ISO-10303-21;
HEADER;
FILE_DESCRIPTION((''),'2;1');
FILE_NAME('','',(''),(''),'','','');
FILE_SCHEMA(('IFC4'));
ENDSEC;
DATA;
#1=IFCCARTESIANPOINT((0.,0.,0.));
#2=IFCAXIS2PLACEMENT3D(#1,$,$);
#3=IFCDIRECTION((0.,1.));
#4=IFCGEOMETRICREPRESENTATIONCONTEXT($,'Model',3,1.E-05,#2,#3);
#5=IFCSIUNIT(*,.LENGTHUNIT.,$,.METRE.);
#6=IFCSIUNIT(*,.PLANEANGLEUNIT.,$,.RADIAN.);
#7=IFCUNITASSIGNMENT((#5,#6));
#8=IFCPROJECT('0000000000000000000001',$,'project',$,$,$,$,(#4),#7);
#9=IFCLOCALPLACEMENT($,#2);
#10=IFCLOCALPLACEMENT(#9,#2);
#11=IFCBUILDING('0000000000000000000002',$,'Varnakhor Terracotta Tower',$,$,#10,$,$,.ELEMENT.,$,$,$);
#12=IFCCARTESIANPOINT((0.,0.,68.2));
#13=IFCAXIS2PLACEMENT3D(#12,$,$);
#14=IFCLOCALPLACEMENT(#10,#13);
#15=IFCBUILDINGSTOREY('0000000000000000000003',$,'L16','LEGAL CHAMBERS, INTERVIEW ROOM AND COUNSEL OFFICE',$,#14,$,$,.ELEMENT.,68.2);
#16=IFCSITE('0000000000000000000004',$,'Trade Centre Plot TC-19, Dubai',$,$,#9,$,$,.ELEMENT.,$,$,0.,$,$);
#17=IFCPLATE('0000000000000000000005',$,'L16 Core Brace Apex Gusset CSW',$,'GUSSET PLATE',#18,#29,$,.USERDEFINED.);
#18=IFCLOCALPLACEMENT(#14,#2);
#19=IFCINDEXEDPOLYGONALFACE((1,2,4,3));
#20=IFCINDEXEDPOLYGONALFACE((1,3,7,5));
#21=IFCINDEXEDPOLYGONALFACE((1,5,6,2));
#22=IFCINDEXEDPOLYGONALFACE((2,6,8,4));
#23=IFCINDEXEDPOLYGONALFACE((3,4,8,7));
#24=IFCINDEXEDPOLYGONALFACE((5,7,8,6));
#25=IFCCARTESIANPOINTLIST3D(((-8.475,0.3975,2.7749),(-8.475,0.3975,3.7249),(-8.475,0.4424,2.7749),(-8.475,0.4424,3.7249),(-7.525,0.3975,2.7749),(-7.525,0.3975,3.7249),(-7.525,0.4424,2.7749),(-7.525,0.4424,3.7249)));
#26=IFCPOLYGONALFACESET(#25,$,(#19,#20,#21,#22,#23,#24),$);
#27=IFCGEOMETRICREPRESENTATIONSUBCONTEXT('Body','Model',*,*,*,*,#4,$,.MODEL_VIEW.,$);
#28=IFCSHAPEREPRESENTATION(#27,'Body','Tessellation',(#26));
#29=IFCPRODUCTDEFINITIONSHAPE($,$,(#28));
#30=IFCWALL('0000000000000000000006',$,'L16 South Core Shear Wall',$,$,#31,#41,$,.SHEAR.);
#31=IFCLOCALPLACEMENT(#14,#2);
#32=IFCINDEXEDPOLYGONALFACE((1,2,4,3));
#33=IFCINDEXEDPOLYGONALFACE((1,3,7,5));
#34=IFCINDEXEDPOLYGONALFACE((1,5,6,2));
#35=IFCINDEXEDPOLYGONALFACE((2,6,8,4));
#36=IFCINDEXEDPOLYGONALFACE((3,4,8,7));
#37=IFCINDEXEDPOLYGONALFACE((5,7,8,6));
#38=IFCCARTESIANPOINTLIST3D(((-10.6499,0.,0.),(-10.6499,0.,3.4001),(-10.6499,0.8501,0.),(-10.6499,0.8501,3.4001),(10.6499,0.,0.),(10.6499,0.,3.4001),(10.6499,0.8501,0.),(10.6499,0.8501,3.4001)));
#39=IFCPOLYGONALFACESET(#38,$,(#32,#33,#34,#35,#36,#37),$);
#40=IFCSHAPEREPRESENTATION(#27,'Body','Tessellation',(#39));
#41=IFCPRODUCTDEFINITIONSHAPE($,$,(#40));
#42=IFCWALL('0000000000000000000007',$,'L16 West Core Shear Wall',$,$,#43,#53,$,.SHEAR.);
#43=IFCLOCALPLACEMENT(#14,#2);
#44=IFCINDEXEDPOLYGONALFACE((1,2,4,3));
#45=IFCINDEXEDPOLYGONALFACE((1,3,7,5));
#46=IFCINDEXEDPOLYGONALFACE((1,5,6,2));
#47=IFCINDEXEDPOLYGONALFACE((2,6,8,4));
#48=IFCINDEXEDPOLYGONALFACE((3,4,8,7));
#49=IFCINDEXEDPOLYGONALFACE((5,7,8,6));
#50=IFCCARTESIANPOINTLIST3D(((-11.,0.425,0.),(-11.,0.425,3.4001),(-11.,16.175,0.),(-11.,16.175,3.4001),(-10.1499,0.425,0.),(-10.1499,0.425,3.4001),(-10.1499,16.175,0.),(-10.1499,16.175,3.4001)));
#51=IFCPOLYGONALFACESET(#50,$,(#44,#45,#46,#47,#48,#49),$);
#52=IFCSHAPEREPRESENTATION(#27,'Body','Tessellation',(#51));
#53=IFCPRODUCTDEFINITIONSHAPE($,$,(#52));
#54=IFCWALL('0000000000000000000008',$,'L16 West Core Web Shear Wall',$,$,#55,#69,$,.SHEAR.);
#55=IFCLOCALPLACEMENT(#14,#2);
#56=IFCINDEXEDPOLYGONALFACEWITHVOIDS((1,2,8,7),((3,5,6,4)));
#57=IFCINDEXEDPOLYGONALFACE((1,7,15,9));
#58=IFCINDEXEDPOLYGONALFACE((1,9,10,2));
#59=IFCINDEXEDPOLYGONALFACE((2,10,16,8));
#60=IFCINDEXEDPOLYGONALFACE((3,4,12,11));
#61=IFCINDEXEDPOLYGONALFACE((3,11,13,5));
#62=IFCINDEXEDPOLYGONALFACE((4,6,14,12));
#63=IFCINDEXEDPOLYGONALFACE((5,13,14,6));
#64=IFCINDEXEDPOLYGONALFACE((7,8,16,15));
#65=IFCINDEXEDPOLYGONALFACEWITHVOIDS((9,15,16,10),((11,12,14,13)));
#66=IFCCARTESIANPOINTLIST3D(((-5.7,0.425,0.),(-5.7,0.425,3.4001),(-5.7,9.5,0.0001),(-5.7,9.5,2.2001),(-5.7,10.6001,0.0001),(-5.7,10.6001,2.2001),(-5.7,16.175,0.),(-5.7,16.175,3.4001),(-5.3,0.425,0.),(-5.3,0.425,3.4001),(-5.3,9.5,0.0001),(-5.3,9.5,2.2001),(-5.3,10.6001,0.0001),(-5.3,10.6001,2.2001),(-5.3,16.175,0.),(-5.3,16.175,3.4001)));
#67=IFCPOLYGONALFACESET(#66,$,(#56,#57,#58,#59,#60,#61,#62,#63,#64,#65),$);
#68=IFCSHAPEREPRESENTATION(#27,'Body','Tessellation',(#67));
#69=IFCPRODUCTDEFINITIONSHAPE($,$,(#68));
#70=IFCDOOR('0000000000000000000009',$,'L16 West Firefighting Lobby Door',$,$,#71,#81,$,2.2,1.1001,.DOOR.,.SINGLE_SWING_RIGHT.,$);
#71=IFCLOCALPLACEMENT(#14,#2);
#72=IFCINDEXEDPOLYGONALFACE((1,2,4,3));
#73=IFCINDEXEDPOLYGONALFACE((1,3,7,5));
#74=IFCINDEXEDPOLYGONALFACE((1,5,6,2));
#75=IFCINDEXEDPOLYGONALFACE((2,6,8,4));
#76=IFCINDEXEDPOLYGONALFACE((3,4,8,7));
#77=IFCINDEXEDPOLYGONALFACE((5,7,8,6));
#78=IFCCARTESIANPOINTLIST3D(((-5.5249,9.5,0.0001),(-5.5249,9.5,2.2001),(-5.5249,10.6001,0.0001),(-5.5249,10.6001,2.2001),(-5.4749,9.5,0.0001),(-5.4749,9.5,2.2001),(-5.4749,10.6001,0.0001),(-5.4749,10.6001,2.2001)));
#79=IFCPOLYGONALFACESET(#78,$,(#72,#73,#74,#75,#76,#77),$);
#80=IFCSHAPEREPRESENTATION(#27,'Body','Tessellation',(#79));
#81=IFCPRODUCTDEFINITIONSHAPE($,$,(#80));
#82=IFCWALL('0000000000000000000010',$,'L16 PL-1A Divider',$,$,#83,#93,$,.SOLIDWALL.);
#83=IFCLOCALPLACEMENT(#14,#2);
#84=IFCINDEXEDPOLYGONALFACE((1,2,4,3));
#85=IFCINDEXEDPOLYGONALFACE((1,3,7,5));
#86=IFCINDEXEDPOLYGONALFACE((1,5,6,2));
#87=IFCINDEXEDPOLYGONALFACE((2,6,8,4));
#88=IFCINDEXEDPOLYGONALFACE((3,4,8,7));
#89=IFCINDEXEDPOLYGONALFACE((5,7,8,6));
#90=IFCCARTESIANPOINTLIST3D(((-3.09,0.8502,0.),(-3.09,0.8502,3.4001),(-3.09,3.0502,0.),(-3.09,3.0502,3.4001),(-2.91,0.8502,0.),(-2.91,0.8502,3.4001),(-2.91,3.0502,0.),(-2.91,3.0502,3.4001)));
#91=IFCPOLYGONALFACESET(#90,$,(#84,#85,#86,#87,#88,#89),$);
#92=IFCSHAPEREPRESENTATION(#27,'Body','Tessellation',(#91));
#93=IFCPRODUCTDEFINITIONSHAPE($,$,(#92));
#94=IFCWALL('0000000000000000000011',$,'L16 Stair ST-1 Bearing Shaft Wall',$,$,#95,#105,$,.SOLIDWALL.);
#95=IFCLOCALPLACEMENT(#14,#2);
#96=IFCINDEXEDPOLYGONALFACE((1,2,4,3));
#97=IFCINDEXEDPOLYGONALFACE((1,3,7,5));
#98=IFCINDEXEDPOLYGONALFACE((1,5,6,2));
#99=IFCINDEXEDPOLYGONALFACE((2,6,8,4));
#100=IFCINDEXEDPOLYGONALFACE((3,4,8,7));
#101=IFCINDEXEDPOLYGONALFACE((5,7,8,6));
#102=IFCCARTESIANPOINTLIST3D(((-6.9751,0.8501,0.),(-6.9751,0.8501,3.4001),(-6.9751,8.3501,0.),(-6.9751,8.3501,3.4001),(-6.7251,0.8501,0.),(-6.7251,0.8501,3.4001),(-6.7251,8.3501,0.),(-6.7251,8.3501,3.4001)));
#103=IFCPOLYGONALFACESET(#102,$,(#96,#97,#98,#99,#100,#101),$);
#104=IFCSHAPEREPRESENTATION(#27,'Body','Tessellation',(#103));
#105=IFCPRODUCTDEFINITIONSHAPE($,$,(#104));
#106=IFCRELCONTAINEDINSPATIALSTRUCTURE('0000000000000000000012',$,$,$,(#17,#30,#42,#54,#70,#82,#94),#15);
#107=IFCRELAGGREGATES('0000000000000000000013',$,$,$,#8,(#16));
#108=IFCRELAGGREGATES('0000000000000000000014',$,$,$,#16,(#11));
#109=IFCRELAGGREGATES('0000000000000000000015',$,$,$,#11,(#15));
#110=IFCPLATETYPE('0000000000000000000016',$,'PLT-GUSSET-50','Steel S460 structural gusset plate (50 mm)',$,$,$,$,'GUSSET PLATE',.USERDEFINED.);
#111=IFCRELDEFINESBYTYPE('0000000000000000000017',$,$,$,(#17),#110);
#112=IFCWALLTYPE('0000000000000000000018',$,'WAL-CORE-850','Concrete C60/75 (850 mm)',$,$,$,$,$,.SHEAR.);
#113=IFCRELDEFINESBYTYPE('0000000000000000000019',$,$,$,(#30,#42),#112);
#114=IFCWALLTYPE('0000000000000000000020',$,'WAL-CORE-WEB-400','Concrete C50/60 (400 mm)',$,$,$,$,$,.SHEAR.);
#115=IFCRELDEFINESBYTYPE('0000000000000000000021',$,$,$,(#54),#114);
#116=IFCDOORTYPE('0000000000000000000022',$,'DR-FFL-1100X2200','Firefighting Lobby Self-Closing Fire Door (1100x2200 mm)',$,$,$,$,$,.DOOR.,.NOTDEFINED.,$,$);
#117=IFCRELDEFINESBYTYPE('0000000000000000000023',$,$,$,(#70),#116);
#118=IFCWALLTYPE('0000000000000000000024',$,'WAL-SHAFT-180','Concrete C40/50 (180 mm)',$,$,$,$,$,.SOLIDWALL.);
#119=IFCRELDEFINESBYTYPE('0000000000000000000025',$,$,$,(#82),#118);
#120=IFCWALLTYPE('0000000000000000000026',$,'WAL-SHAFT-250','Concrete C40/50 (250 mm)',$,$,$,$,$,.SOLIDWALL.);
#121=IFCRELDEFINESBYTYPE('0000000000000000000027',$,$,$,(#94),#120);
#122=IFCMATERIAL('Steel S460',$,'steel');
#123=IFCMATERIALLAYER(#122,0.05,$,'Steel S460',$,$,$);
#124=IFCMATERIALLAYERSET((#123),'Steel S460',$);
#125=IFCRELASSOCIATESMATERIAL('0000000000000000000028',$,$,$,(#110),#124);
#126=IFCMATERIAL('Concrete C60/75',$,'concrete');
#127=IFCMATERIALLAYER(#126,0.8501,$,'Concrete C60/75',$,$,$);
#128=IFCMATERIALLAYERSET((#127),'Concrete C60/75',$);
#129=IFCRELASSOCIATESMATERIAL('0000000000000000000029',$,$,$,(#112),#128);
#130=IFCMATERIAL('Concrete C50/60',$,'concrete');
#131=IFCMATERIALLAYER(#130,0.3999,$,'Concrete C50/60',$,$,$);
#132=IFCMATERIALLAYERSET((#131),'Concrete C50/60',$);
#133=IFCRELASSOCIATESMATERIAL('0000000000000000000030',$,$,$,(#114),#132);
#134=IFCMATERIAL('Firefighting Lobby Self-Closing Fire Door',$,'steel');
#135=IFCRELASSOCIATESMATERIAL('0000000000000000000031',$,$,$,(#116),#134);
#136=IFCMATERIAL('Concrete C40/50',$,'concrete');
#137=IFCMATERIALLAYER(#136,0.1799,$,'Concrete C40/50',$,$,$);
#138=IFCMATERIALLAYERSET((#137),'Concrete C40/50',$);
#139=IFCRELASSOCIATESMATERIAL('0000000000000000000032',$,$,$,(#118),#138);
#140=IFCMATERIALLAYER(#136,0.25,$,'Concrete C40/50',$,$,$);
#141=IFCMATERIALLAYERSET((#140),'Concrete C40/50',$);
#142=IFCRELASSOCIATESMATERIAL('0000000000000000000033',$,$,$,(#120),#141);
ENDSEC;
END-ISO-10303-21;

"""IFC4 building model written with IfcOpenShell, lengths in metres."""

from ifc_helpers import new_model, si_unit, direction, frame, frame_2d, origin, origin_2d, place, context, subcontext, project, spatial, rectangle, extrude, source, transform, mapped, material, layer, layer_set, type_object, type_shapes, element, fill, save


model = new_model("IFC4")

# Units and contexts
model_context = context("Model", 3, precision=1e-05, world=origin(), true_north=direction((0.0, 1.0)))
body_context = subcontext(model_context, "Body", "Model", "MODEL_VIEW")
ifc_project = project(units=[si_unit("LENGTHUNIT", "METRE"), si_unit("PLANEANGLEUNIT", "RADIAN")], contexts=[model_context])

# Site, building, storey
site_placement = place(None, origin())
site = spatial("IfcSite", under=ifc_project, at=site_placement, Name="Trade Centre Plot TC-19, Dubai", CompositionType="ELEMENT", RefElevation=0.0)
building_placement = place(site_placement, origin())
building = spatial("IfcBuilding", under=site, at=building_placement, Name="Varnakhor Terracotta Tower", CompositionType="ELEMENT")
storey_placement = place(building_placement, frame((0.0, 0.0, 68.2)))
storey = spatial("IfcBuildingStorey", under=building, at=storey_placement, Name="L16", Description="LEGAL CHAMBERS, INTERVIEW ROOM AND COUNSEL OFFICE", CompositionType="ELEMENT", Elevation=68.2)

# Shared definitions
ifc_material_1 = material(Name="Concrete C50/60", Category="concrete")

# Shared definitions
ifc_material_2 = material(Name="Steel S460", Category="steel")

# Plate
ifc_layer_1 = layer(ifc_material_2, 0.05, Name="Steel S460")
ifc_layer_set_1 = layer_set([ifc_layer_1], Name="Steel S460")
plate_type = type_object("IfcPlateType", Name="PLT-GUSSET-50", Description="Steel S460 structural gusset plate (50 mm)", ElementType="GUSSET PLATE", PredefinedType="USERDEFINED", material=ifc_layer_set_1)
shared_shape_1 = source(origin(), body_context, "Body", "SweptSolid", [
    extrude(rectangle(XDim=0.95, YDim=0.0449, at=origin_2d()), origin(), (0.0, 0.0, 1.0), 0.95),
])
plate_placement = place(storey_placement, frame((-8.0, 0.4199, 2.7749), z_axis=(0.0, 0.0, 1.0), x_axis=(1.0, 0.0, 0.0)))
element("IfcPlate", 1, at=plate_placement, inside=storey, type_object=plate_type, Name="L16 Core Brace Apex Gusset CSW", ObjectType="GUSSET PLATE", PredefinedType="USERDEFINED", context=body_context, shape_type="MappedRepresentation", body=[
    mapped(shared_shape_1, transform((0.0, 0.0, 0.0), scale=1.0)),
])

# Walls
ifc_material_3 = material(Name="Concrete C60/75", Category="concrete")
ifc_layer_2 = layer(ifc_material_3, 0.8501, Name="Concrete C60/75")
ifc_layer_set_2 = layer_set([ifc_layer_2], Name="Concrete C60/75")
wall_type_1 = type_object("IfcWallType", Name="WAL-CORE-850", Description="Concrete C60/75 (850 mm)", PredefinedType="SHEAR", material=ifc_layer_set_2)
wall_1_placement = place(storey_placement, frame((-10.6499, 0.425, 0.0), z_axis=(0.0, 0.0, 1.0), x_axis=(1.0, 0.0, 0.0)))
element("IfcWall", 2, at=wall_1_placement, inside=storey, type_object=wall_type_1, Name="L16 South Core Shear Wall", PredefinedType="SHEAR", context=body_context, shape_type="SweptSolid", body=[
    extrude(rectangle(XDim=21.2998, YDim=0.8501, at=frame_2d((10.6499, 0.0))), origin(), (0.0, 0.0, 1.0), 3.4001),
])
wall_2_placement = place(storey_placement, frame((-10.575, 0.425, 0.0), z_axis=(0.0, 0.0, 1.0), x_axis=(0.0, 1.0, 0.0)))
element("IfcWall", 3, at=wall_2_placement, inside=storey, type_object=wall_type_1, Name="L16 West Core Shear Wall", PredefinedType="SHEAR", context=body_context, shape_type="SweptSolid", body=[
    extrude(rectangle(XDim=15.75, YDim=0.8501, at=frame_2d((7.875, 0.0))), origin(), (0.0, 0.0, 1.0), 3.4001),
])

# Wall, opening, door
ifc_layer_3 = layer(ifc_material_1, 0.3999, Name="Concrete C50/60")
ifc_layer_set_3 = layer_set([ifc_layer_3], Name="Concrete C50/60")
wall_type_2 = type_object("IfcWallType", Name="WAL-CORE-WEB-400", Description="Concrete C50/60 (400 mm)", PredefinedType="SHEAR", material=ifc_layer_set_3)
wall_3_placement = place(storey_placement, frame((-5.5, 0.425, 0.0), z_axis=(0.0, 0.0, 1.0), x_axis=(0.0, 1.0, 0.0)))
wall_3 = element("IfcWall", 4, at=wall_3_placement, inside=storey, type_object=wall_type_2, Name="L16 West Core Web Shear Wall", PredefinedType="SHEAR", context=body_context, shape_type="SweptSolid", body=[
    extrude(rectangle(XDim=15.75, YDim=0.3999, at=frame_2d((7.875, 0.0))), origin(), (0.0, 0.0, 1.0), 3.4001),
])
opening_placement = place(wall_3_placement, frame((9.075, 0.0, 0.0)))
opening = element("IfcOpeningElement", 5, at=opening_placement, cuts=wall_3, PredefinedType="OPENING", context=body_context, shape_type="SweptSolid", body=[
    extrude(rectangle(XDim=1.1001, YDim=2.2, at=frame_2d((0.55, 1.1001))), frame((0.0, 0.21, 0.0), z_axis=(0.0, -1.0, 0.0), x_axis=(1.0, 0.0, 0.0)), (0.0, 0.0, 1.0), 0.4199),
])
ifc_material_4 = material(Name="Firefighting Lobby Self-Closing Fire Door", Category="steel")
door_type = type_object("IfcDoorType", Name="DR-FFL-1100X2200", Description="Firefighting Lobby Self-Closing Fire Door (1100x2200 mm)", OperationType="NOTDEFINED", PredefinedType="DOOR", material=ifc_material_4)
shared_shape_2 = source(origin(), body_context, "Body", "SweptSolid", [
    extrude(rectangle(XDim=1.1001, YDim=2.2, at=frame_2d((0.55, 1.1001))), frame((0.0, 0.0249, 0.0), z_axis=(0.0, -1.0, 0.0), x_axis=(1.0, 0.0, 0.0)), (0.0, 0.0, 1.0), 0.05),
])
type_shapes(door_type, [shared_shape_2])
door_placement = place(opening_placement, origin())
door = element("IfcDoor", 6, at=door_placement, inside=storey, type_object=door_type, Name="L16 West Firefighting Lobby Door", OperationType="SINGLE_SWING_RIGHT", OverallHeight=2.2, OverallWidth=1.1001, PredefinedType="DOOR", context=body_context, shape_type="MappedRepresentation", body=[
    mapped(shared_shape_2, transform((0.0, 0.0, 0.0), scale=1.0)),
])
fill(opening, door)

# Walls
ifc_material_5 = material(Name="Concrete C40/50", Category="concrete")
ifc_layer_4 = layer(ifc_material_5, 0.1799, Name="Concrete C40/50")
ifc_layer_set_4 = layer_set([ifc_layer_4], Name="Concrete C40/50")
wall_type_3 = type_object("IfcWallType", Name="WAL-SHAFT-180", Description="Concrete C40/50 (180 mm)", PredefinedType="SOLIDWALL", material=ifc_layer_set_4)
wall_4_placement = place(storey_placement, frame((-3.0, 0.8501, 0.0), z_axis=(0.0, 0.0, 1.0), x_axis=(0.0, 1.0, 0.0)))
element("IfcWall", 7, at=wall_4_placement, inside=storey, type_object=wall_type_3, Name="L16 PL-1A Divider", PredefinedType="SOLIDWALL", context=body_context, shape_type="SweptSolid", body=[
    extrude(rectangle(XDim=2.2, YDim=0.1799, at=frame_2d((1.1001, 0.0))), origin(), (0.0, 0.0, 1.0), 3.4001),
])
ifc_layer_5 = layer(ifc_material_5, 0.25, Name="Concrete C40/50")
ifc_layer_set_5 = layer_set([ifc_layer_5], Name="Concrete C40/50")
wall_type_4 = type_object("IfcWallType", Name="WAL-SHAFT-250", Description="Concrete C40/50 (250 mm)", PredefinedType="SOLIDWALL", material=ifc_layer_set_5)
wall_5_placement = place(storey_placement, frame((-6.8501, 0.8501, 0.0), z_axis=(0.0, 0.0, 1.0), x_axis=(0.0, 1.0, 0.0)))
element("IfcWall", 8, at=wall_5_placement, inside=storey, type_object=wall_type_4, Name="L16 Stair ST-1 Bearing Shaft Wall", PredefinedType="SOLIDWALL", context=body_context, shape_type="SweptSolid", body=[
    extrude(rectangle(XDim=7.5, YDim=0.25, at=frame_2d((3.75, 0.0))), origin(), (0.0, 0.0, 1.0), 3.4001),
])

save(model, "model.ifc")
